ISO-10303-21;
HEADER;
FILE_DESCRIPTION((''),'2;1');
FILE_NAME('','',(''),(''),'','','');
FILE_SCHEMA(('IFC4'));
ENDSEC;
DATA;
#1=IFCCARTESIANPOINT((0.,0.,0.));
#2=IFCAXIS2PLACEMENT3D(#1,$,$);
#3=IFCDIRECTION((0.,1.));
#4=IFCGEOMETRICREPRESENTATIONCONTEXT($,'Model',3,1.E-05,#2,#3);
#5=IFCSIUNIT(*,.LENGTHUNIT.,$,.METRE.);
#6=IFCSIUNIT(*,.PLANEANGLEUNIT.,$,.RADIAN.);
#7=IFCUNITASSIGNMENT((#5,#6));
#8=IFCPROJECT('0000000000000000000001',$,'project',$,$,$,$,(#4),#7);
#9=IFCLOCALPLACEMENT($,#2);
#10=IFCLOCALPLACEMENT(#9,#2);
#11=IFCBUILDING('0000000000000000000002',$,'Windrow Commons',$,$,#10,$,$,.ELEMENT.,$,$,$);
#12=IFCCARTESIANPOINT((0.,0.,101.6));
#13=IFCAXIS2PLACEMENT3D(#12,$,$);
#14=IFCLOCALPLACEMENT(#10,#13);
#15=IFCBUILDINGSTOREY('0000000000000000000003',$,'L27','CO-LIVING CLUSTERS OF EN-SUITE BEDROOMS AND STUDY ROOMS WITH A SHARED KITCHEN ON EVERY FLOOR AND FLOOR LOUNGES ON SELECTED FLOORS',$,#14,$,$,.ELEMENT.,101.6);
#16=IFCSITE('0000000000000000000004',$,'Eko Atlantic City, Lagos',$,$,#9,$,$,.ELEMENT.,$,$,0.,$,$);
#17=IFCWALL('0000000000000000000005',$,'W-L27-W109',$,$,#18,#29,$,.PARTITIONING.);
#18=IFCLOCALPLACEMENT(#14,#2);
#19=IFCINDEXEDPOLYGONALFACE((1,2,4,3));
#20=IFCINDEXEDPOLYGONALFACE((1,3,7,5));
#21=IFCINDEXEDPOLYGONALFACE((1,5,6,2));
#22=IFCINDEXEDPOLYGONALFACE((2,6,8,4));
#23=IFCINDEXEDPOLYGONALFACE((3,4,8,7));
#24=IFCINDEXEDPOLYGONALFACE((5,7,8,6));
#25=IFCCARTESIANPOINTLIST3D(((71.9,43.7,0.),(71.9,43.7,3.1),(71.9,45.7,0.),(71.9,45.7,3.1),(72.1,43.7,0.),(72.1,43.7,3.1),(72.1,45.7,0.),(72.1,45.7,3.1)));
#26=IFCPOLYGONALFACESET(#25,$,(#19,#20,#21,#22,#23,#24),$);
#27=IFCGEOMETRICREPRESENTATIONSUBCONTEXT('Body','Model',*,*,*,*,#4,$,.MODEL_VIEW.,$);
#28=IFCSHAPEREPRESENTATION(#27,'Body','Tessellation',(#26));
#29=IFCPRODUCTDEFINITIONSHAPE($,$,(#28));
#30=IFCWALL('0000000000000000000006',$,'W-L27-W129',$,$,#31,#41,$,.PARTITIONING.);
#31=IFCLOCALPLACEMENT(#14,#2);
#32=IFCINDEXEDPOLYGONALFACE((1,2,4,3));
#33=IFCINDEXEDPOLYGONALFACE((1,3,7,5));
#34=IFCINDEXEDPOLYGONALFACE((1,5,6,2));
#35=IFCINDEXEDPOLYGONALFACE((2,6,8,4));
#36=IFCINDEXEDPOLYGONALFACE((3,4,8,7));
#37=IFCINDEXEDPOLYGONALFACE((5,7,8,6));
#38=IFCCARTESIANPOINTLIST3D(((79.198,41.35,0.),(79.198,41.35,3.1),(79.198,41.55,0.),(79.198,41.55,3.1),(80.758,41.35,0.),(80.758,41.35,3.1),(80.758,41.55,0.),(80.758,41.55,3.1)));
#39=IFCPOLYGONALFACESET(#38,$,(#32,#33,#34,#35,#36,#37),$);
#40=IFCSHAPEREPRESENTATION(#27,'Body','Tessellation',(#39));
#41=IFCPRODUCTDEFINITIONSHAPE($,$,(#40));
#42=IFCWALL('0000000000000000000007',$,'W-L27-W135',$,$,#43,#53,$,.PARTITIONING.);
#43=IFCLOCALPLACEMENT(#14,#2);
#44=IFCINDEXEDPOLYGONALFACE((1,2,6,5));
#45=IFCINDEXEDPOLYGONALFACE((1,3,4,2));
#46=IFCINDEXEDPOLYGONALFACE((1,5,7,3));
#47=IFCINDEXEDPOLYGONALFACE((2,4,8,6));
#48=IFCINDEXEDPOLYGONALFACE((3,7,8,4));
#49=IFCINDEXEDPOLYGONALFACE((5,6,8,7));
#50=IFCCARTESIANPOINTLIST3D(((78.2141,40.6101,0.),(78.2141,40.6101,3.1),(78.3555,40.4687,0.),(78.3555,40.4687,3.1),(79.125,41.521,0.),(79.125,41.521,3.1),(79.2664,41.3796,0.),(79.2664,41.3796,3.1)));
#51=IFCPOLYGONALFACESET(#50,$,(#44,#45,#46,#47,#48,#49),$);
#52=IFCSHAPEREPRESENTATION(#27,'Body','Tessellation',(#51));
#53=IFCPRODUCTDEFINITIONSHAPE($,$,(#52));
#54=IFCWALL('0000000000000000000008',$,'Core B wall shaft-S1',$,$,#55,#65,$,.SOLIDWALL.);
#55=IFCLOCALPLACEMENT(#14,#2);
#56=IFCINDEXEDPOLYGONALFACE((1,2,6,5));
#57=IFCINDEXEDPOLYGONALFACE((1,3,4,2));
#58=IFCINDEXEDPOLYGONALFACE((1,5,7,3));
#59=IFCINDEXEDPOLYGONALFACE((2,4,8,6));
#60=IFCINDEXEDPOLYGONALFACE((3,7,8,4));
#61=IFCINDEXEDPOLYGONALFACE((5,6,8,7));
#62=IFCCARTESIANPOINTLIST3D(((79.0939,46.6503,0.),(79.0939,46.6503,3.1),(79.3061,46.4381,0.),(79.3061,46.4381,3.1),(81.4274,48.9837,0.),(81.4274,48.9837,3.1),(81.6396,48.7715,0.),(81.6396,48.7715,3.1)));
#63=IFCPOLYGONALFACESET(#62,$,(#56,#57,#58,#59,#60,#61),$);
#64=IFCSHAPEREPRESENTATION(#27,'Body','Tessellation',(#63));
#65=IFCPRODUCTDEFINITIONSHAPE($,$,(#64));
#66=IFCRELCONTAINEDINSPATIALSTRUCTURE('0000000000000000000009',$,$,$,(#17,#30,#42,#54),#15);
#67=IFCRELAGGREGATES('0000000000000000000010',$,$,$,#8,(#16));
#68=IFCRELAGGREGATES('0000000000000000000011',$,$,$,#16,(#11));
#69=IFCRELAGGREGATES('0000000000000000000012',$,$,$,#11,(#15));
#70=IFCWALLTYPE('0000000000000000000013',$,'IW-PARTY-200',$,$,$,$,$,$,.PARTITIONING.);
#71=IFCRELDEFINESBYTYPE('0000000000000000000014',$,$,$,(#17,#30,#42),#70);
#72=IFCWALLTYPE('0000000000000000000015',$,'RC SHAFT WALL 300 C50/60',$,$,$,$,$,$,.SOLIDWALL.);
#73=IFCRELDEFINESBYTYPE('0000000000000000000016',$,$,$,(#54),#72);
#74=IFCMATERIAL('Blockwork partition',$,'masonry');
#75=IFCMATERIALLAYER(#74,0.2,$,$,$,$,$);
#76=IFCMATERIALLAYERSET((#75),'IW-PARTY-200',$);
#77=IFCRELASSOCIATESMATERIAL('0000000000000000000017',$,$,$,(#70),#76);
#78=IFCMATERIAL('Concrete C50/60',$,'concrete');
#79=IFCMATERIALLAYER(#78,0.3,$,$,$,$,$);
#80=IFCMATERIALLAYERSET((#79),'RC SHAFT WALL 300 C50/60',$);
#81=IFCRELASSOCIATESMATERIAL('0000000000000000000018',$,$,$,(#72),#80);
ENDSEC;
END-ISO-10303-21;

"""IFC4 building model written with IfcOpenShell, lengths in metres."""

from ifc_helpers import new_model, si_unit, direction, frame, frame_2d, origin, place, context, subcontext, project, spatial, rectangle, extrude, material, layer, layer_set, type_object, element, save


model = new_model("IFC4")

# Units and contexts
model_context = context("Model", 3, precision=1e-05, world=origin(), true_north=direction((0.0, 1.0)))
body_context = subcontext(model_context, "Body", "Model", "MODEL_VIEW")
ifc_project = project(units=[si_unit("LENGTHUNIT", "METRE"), si_unit("PLANEANGLEUNIT", "RADIAN")], contexts=[model_context])

# Site, building, storey
site_placement = place(None, origin())
site = spatial("IfcSite", under=ifc_project, at=site_placement, Name="Eko Atlantic City, Lagos", CompositionType="ELEMENT", RefElevation=0.0)
building_placement = place(site_placement, origin())
building = spatial("IfcBuilding", under=site, at=building_placement, Name="Windrow Commons", CompositionType="ELEMENT")
storey_placement = place(building_placement, frame((0.0, 0.0, 101.6)))
storey = spatial("IfcBuildingStorey", under=building, at=storey_placement, Name="L27", Description="CO-LIVING CLUSTERS OF EN-SUITE BEDROOMS AND STUDY ROOMS WITH A SHARED KITCHEN ON EVERY FLOOR AND FLOOR LOUNGES ON SELECTED FLOORS", CompositionType="ELEMENT", Elevation=101.6)

# Walls
ifc_material_1 = material(Name="Blockwork partition", Category="masonry")
ifc_layer_1 = layer(ifc_material_1, 0.2)
ifc_layer_set_1 = layer_set([ifc_layer_1], Name="IW-PARTY-200")
wall_type_1 = type_object("IfcWallType", Name="IW-PARTY-200", PredefinedType="PARTITIONING", material=ifc_layer_set_1)
wall_1_placement = place(storey_placement, frame((72.0, 43.7, 0.0), z_axis=(0.0, 0.0, 1.0), x_axis=(0.0, 1.0, 0.0)))
element("IfcWall", 1, at=wall_1_placement, inside=storey, type_object=wall_type_1, Name="W-L27-W109", PredefinedType="PARTITIONING", context=body_context, shape_type="SweptSolid", body=[
    extrude(rectangle(XDim=2.0, YDim=0.2, at=frame_2d((1.0, 0.0))), origin(), (0.0, 0.0, 1.0), 3.1),
])
wall_2_placement = place(storey_placement, frame((79.198, 41.45, 0.0), z_axis=(0.0, 0.0, 1.0), x_axis=(1.0, 0.0, 0.0)))
element("IfcWall", 2, at=wall_2_placement, inside=storey, type_object=wall_type_1, Name="W-L27-W129", PredefinedType="PARTITIONING", context=body_context, shape_type="SweptSolid", body=[
    extrude(rectangle(XDim=1.56, YDim=0.2, at=frame_2d((0.78, 0.0))), origin(), (0.0, 0.0, 1.0), 3.1),
])
wall_3_placement = place(storey_placement, frame((78.2848, 40.5394, 0.0), z_axis=(0.0, 0.0, 1.0), x_axis=(0.707107, 0.707107, 0.0)))
element("IfcWall", 3, at=wall_3_placement, inside=storey, type_object=wall_type_1, Name="W-L27-W135", PredefinedType="PARTITIONING", context=body_context, shape_type="SweptSolid", body=[
    extrude(rectangle(XDim=1.2882, YDim=0.2, at=frame_2d((0.6441, 0.0))), origin(), (0.0, 0.0, 1.0), 3.1),
])
ifc_material_2 = material(Name="Concrete C50/60", Category="concrete")
ifc_layer_2 = layer(ifc_material_2, 0.3)
ifc_layer_set_2 = layer_set([ifc_layer_2], Name="RC SHAFT WALL 300 C50/60")
wall_type_2 = type_object("IfcWallType", Name="RC SHAFT WALL 300 C50/60", PredefinedType="SOLIDWALL", material=ifc_layer_set_2)
wall_4_placement = place(storey_placement, frame((79.2, 46.5442, 0.0), z_axis=(0.0, 0.0, 1.0), x_axis=(0.707122, 0.707092, 0.0)))
element("IfcWall", 4, at=wall_4_placement, inside=storey, type_object=wall_type_2, Name="Core B wall shaft-S1", PredefinedType="SOLIDWALL", context=body_context, shape_type="SweptSolid", body=[
    extrude(rectangle(XDim=3.3, YDim=0.3, at=frame_2d((1.65, 0.0))), origin(), (0.0, 0.0, 1.0), 3.1),
])

save(model, "model.ifc")
